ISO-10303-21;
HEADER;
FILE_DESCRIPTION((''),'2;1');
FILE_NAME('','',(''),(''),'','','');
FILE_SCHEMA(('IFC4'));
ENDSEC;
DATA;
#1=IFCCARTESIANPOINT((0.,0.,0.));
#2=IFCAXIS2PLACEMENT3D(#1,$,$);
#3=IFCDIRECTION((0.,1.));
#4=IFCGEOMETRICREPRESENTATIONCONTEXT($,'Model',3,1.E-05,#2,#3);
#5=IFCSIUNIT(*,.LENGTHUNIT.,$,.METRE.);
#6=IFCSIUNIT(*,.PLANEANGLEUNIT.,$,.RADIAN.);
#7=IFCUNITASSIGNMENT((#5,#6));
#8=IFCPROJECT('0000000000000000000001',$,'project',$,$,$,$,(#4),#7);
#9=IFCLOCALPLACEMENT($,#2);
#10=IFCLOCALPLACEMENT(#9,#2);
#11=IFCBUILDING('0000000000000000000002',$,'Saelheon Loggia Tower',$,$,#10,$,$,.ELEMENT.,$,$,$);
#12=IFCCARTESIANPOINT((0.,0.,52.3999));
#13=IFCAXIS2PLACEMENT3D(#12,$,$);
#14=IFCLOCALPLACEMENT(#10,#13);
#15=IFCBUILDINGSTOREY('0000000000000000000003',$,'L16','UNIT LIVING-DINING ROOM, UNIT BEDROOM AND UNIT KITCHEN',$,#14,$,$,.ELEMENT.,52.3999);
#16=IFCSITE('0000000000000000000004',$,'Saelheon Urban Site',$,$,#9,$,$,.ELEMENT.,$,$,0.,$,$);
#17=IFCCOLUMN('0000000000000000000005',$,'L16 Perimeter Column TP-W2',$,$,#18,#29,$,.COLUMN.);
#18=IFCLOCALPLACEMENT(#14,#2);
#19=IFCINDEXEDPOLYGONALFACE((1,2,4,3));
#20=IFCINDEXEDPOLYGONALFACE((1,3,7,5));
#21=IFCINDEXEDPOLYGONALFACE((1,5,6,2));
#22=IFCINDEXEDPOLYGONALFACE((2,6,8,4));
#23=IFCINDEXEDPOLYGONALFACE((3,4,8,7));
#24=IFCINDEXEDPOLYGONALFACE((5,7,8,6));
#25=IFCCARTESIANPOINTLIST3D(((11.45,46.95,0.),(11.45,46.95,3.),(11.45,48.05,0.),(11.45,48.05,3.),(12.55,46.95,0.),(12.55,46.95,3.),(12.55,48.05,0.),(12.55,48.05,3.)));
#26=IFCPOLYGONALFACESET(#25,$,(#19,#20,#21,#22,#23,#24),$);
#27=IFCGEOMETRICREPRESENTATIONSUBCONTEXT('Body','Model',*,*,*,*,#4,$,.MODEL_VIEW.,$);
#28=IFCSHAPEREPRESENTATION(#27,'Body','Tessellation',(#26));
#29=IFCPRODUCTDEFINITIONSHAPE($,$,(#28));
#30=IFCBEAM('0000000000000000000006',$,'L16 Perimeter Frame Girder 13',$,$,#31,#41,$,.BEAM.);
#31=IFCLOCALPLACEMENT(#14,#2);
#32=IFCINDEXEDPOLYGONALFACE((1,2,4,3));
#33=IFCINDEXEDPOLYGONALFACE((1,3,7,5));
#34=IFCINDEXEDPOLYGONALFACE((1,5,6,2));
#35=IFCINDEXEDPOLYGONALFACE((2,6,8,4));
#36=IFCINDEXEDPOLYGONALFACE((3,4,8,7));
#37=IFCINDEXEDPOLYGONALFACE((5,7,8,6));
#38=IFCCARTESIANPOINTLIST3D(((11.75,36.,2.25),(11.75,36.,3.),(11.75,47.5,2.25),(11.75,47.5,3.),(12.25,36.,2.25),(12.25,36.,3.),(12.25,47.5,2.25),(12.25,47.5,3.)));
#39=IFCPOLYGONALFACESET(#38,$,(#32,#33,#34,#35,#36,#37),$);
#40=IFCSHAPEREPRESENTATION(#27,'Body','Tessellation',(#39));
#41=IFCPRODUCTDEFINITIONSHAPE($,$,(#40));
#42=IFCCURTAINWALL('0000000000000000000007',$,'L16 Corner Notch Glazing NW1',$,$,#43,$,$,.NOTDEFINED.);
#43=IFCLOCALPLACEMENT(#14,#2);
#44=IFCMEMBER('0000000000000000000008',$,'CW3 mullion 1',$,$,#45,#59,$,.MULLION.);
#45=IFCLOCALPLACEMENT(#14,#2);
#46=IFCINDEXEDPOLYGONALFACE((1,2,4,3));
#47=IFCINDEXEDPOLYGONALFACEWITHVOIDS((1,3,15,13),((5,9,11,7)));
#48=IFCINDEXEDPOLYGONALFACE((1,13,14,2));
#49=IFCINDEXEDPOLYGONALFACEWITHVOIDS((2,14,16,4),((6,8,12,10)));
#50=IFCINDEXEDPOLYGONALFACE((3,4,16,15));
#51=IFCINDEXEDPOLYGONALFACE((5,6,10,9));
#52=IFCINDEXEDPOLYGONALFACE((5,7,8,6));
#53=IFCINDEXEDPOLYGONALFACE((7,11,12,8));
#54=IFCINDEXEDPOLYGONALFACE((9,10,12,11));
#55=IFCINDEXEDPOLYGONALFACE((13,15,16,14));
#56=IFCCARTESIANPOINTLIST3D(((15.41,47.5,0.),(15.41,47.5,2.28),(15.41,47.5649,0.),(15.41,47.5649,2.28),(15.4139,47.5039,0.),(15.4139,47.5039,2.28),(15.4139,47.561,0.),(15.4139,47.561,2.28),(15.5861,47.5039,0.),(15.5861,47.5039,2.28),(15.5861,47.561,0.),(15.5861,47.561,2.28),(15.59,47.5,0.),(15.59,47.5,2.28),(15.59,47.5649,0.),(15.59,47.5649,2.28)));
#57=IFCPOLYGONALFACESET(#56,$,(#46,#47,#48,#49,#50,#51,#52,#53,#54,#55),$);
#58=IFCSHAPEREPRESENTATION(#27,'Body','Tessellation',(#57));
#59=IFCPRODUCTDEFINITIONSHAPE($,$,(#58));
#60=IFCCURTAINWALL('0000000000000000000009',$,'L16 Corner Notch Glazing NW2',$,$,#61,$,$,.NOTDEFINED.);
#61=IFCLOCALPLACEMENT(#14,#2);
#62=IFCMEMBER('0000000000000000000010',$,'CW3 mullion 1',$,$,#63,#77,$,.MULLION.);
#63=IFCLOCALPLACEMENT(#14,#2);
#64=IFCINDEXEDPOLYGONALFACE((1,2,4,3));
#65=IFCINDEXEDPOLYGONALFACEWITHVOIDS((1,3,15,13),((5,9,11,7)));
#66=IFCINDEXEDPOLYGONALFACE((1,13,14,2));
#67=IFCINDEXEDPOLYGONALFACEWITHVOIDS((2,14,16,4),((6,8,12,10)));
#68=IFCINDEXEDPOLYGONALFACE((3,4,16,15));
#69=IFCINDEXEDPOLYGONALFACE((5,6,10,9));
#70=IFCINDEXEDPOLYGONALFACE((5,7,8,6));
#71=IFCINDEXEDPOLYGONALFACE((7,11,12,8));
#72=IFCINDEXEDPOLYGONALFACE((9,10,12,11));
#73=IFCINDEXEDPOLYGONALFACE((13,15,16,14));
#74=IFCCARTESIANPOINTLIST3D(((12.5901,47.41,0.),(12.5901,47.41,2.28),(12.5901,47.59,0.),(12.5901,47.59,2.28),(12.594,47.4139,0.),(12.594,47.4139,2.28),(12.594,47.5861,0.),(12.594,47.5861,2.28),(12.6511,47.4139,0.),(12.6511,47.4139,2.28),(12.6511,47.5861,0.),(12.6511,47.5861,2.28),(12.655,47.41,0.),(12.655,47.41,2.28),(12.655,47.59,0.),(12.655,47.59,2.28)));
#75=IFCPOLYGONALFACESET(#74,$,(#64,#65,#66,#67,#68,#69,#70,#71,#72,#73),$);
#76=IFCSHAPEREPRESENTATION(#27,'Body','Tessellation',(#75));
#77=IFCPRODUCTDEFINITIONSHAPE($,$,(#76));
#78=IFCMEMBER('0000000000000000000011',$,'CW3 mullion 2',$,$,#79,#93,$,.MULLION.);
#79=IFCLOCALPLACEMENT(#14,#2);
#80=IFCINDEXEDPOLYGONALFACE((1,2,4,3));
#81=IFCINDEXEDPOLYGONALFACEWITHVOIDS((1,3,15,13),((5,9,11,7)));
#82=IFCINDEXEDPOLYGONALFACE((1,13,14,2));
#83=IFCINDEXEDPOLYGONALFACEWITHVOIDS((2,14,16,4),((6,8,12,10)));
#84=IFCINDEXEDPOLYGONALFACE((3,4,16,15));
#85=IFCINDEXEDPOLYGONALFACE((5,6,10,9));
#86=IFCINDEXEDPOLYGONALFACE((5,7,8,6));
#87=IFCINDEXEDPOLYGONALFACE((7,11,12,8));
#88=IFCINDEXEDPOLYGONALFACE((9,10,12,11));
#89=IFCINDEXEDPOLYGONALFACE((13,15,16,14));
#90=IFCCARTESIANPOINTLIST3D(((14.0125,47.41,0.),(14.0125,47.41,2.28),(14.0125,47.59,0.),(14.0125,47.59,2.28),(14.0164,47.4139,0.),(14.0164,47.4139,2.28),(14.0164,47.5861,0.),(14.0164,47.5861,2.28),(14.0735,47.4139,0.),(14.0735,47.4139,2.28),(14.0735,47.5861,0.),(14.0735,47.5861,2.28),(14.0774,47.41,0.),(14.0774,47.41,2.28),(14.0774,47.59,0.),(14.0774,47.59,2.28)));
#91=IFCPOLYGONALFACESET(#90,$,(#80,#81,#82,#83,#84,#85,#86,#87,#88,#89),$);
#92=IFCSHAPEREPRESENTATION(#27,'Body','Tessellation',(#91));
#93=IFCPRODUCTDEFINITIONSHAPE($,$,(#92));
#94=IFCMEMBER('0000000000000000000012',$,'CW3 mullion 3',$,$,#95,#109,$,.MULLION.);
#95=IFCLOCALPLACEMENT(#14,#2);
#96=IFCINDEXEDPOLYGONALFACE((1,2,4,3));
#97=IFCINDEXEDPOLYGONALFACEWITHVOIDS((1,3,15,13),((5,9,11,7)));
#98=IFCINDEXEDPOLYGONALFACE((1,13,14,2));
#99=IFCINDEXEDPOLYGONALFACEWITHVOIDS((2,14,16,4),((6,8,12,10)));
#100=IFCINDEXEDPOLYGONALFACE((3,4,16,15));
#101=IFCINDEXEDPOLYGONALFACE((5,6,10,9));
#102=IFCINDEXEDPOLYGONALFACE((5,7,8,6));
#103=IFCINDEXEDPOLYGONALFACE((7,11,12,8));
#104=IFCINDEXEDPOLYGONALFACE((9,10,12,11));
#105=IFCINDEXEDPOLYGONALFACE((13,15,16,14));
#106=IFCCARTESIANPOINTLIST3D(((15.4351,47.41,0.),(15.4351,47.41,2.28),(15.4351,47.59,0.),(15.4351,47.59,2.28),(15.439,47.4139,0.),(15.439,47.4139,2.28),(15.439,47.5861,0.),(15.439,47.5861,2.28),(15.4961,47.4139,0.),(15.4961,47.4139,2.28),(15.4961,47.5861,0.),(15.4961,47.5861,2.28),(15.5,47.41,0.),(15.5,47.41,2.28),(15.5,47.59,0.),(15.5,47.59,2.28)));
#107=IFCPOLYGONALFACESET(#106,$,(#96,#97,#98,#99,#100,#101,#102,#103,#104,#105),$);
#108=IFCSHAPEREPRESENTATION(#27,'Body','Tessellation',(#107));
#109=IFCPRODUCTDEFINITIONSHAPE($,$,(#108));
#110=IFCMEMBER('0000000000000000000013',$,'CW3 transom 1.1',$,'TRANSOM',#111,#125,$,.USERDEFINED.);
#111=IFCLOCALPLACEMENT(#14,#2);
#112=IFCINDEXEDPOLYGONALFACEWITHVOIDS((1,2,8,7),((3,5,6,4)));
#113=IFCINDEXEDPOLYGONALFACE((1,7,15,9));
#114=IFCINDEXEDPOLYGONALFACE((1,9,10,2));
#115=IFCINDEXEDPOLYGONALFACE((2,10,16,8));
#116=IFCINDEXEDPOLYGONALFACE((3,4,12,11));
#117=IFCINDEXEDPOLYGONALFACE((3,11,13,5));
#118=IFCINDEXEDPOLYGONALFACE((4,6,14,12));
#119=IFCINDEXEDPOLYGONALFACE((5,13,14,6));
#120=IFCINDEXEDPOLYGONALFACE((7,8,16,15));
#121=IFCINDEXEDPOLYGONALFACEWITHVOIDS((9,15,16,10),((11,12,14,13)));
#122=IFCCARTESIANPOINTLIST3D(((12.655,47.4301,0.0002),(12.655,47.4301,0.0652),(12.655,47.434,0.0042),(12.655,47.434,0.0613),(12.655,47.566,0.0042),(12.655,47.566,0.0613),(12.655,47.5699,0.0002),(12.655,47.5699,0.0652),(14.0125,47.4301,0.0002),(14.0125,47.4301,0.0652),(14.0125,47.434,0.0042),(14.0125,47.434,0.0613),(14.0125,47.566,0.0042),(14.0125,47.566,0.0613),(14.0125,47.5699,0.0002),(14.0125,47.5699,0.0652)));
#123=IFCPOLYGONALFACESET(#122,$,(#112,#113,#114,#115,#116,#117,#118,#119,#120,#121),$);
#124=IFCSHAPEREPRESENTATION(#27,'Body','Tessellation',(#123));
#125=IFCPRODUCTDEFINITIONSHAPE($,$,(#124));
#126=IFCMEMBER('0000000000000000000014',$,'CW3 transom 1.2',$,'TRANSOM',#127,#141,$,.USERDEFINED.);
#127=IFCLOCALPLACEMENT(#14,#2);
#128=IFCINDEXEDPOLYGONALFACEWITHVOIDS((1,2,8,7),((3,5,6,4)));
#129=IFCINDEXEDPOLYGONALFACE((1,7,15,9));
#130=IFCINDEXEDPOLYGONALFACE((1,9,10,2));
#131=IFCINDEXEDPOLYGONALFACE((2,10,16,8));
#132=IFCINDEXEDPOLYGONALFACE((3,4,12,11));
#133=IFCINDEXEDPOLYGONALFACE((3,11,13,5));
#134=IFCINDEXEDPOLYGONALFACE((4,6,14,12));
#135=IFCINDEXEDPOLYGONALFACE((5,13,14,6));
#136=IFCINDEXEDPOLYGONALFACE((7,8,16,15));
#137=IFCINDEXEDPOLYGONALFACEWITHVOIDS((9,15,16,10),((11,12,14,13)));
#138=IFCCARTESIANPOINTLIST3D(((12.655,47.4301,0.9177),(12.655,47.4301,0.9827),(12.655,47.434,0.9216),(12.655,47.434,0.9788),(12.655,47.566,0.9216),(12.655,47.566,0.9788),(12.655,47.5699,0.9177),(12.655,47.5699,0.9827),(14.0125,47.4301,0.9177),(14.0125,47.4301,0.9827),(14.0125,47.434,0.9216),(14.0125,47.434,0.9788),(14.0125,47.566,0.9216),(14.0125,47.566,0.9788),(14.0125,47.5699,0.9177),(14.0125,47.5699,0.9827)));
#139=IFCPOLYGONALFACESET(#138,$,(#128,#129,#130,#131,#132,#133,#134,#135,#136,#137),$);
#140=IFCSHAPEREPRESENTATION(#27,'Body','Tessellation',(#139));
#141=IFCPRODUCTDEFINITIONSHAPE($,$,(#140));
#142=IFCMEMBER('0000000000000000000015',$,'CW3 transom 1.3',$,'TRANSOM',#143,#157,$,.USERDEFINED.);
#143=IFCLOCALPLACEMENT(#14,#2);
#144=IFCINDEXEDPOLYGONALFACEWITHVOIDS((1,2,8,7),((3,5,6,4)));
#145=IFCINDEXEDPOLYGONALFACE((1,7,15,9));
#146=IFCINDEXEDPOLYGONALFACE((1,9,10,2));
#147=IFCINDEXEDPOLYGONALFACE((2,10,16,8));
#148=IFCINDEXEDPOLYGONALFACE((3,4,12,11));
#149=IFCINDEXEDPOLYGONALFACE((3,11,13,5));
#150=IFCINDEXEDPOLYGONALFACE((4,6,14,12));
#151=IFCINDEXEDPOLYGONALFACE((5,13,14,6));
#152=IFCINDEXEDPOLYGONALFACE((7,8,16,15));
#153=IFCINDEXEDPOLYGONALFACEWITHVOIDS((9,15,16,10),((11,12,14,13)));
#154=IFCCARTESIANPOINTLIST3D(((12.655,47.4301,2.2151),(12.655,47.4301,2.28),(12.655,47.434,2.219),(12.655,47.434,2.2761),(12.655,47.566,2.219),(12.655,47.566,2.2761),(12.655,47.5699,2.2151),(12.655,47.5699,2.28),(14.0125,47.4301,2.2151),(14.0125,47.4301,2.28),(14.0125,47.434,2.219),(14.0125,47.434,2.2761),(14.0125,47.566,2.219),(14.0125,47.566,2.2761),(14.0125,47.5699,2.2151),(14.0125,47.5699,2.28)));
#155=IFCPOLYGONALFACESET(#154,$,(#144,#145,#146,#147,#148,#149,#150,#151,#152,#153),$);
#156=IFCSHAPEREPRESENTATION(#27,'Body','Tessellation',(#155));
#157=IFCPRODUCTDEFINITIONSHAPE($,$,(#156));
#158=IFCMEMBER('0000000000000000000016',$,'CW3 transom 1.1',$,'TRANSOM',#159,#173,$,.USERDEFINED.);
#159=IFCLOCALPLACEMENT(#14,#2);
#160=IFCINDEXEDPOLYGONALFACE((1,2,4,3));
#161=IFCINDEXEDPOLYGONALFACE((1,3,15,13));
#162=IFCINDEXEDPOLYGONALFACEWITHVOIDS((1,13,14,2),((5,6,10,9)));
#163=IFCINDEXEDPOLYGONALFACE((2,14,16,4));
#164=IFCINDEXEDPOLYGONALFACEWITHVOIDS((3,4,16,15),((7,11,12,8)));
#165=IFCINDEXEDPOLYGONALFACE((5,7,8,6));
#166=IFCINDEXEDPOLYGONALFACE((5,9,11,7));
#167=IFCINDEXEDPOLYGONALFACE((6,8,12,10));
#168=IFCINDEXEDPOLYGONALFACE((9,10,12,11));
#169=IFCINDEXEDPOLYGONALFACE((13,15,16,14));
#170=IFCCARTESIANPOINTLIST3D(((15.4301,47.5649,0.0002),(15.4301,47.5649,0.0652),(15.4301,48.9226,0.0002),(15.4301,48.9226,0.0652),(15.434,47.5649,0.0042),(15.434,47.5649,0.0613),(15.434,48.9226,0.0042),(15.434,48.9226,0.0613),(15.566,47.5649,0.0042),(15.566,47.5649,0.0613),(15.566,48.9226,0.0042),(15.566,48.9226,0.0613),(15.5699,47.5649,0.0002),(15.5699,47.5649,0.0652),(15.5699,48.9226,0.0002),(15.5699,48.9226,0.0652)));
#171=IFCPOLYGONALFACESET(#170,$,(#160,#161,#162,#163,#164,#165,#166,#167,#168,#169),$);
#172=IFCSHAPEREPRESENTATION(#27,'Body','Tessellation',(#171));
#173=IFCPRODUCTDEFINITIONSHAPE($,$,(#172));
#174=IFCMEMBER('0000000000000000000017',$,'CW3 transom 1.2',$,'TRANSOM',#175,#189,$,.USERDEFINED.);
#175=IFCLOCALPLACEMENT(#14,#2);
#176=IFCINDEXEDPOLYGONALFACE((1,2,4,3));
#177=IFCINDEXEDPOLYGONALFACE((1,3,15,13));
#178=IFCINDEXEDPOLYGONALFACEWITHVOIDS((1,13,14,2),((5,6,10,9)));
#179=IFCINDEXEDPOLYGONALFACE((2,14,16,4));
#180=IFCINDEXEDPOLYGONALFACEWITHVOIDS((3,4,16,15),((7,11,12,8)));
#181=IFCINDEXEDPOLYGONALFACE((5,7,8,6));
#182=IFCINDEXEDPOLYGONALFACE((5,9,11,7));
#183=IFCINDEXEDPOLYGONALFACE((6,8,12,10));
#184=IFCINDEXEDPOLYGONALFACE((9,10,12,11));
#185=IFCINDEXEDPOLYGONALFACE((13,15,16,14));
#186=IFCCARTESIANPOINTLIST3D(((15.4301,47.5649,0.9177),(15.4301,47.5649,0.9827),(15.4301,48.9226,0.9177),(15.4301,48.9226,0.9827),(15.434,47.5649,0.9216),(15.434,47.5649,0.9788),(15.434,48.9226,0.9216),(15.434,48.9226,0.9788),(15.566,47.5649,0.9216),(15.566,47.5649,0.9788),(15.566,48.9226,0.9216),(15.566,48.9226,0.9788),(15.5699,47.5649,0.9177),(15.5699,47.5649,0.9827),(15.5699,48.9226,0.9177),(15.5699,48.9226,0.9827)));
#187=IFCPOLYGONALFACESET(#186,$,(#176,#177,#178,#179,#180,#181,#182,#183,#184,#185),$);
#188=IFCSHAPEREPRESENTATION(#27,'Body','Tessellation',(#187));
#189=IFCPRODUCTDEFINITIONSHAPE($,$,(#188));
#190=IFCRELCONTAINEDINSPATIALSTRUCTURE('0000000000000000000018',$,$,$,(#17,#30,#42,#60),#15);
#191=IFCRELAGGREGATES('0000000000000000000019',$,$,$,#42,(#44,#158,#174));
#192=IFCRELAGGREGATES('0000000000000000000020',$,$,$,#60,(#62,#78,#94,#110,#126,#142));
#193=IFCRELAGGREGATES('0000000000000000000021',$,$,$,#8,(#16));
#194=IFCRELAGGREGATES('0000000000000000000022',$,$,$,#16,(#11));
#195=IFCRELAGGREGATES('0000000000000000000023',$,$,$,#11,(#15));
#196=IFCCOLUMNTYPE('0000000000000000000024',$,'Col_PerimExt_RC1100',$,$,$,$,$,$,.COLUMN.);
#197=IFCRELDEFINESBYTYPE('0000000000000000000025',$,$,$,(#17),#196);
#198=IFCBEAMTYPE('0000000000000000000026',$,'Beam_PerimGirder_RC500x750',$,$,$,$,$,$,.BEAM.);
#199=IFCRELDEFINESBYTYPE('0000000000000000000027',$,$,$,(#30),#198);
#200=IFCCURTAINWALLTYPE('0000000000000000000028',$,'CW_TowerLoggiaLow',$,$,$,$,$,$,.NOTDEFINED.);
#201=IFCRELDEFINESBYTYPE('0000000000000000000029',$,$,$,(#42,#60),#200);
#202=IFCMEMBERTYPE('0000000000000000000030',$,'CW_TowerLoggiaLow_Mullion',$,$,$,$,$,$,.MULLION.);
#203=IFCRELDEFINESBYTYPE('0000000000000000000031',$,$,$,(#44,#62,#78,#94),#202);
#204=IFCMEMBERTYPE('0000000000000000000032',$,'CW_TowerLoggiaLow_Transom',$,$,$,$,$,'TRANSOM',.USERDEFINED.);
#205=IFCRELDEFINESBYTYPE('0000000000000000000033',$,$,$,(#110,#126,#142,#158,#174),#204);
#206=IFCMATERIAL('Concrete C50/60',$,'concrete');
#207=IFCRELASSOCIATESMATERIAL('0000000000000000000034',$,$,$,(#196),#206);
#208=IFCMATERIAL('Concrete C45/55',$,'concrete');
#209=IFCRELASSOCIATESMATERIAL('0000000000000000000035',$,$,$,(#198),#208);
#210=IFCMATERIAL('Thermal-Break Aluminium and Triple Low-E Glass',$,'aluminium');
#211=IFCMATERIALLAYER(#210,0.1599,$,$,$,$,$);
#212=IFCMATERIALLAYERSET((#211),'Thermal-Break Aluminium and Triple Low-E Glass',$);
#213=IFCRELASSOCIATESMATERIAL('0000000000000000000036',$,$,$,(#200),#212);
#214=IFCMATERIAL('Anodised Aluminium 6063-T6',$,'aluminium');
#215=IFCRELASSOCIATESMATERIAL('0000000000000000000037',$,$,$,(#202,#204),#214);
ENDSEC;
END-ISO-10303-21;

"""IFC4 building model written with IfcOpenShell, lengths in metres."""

from ifc_helpers import new_model, si_unit, direction, frame, origin, origin_2d, place, context, subcontext, project, spatial, rectangle, hollow_rectangle, extrude, source, transform, mapped, material, layer, layer_set, material_profile, profile_set, type_object, element, aggregate, save


model = new_model("IFC4")

# Units and contexts
model_context = context("Model", 3, precision=1e-05, world=origin(), true_north=direction((0.0, 1.0)))
body_context = subcontext(model_context, "Body", "Model", "MODEL_VIEW")
ifc_project = project(units=[si_unit("LENGTHUNIT", "METRE"), si_unit("PLANEANGLEUNIT", "RADIAN")], contexts=[model_context])

# Site, building, storey
site_placement = place(None, origin())
site = spatial("IfcSite", under=ifc_project, at=site_placement, Name="Saelheon Urban Site", CompositionType="ELEMENT", RefElevation=0.0)
building_placement = place(site_placement, origin())
building = spatial("IfcBuilding", under=site, at=building_placement, Name="Saelheon Loggia Tower", CompositionType="ELEMENT")
storey_placement = place(building_placement, frame((0.0, 0.0, 52.3999)))
storey = spatial("IfcBuildingStorey", under=building, at=storey_placement, Name="L16", Description="UNIT LIVING-DINING ROOM, UNIT BEDROOM AND UNIT KITCHEN", CompositionType="ELEMENT", Elevation=52.3999)

# Column
ifc_material_1 = material(Name="Concrete C50/60", Category="concrete")
ifc_material_profile_1 = material_profile(ifc_material_1, rectangle(XDim=1.1001, YDim=1.1001, at=origin_2d()), Name="RC-1100x1100")
ifc_profile_set_1 = profile_set([ifc_material_profile_1], Name="Concrete C50/60")
column_type = type_object("IfcColumnType", Name="Col_PerimExt_RC1100", PredefinedType="COLUMN", material=ifc_profile_set_1)
shared_shape_1 = source(origin(), body_context, "Body", "SweptSolid", [
    extrude(rectangle(XDim=1.1001, YDim=1.1001, at=origin_2d()), origin(), (0.0, 0.0, 1.0), 3.0),
])
column_placement = place(storey_placement, frame((12.0, 47.5, 0.0), z_axis=(0.0, 0.0, 1.0), x_axis=(1.0, 0.0, 0.0)))
element("IfcColumn", 1, at=column_placement, inside=storey, type_object=column_type, Name="L16 Perimeter Column TP-W2", PredefinedType="COLUMN", context=body_context, shape_type="MappedRepresentation", body=[
    mapped(shared_shape_1, transform((0.0, 0.0, 0.0), scale=1.0)),
])

# Beam
ifc_material_2 = material(Name="Concrete C45/55", Category="concrete")
ifc_material_profile_2 = material_profile(ifc_material_2, rectangle(XDim=0.5, YDim=0.75, at=origin_2d()), Name="RC-500x750")
ifc_profile_set_2 = profile_set([ifc_material_profile_2], Name="Concrete C45/55")
beam_type = type_object("IfcBeamType", Name="Beam_PerimGirder_RC500x750", PredefinedType="BEAM", material=ifc_profile_set_2)
shared_shape_2 = source(origin(), body_context, "Body", "SweptSolid", [
    extrude(rectangle(XDim=0.5, YDim=0.75, at=origin_2d()), origin(), (0.0, 0.0, 1.0), 11.5),
])
beam_placement = place(storey_placement, frame((12.0, 47.5, 2.625), z_axis=(0.0, -1.0, 0.0), x_axis=(1.0, 0.0, 0.0)))
element("IfcBeam", 2, at=beam_placement, inside=storey, type_object=beam_type, Name="L16 Perimeter Frame Girder 13", PredefinedType="BEAM", context=body_context, shape_type="MappedRepresentation", body=[
    mapped(shared_shape_2, transform((0.0, 0.0, 0.0), scale=1.0)),
])

# Curtain wall, member
ifc_material_3 = material(Name="Thermal-Break Aluminium and Triple Low-E Glass", Category="aluminium")
ifc_layer_1 = layer(ifc_material_3, 0.1599)
ifc_layer_set_1 = layer_set([ifc_layer_1], Name="Thermal-Break Aluminium and Triple Low-E Glass")
curtain_wall_type = type_object("IfcCurtainWallType", Name="CW_TowerLoggiaLow", PredefinedType="NOTDEFINED", material=ifc_layer_set_1)
curtain_wall_1_placement = place(storey_placement, origin())
curtain_wall_1 = element("IfcCurtainWall", 3, at=curtain_wall_1_placement, inside=storey, type_object=curtain_wall_type, Name="L16 Corner Notch Glazing NW1", PredefinedType="NOTDEFINED")
ifc_material_4 = material(Name="Anodised Aluminium 6063-T6", Category="aluminium")
ifc_material_profile_3 = material_profile(ifc_material_4, hollow_rectangle(XDim=0.0649, YDim=0.1799, WallThickness=0.0039, at=origin_2d()), Name="RHS-180x65x4")
ifc_profile_set_3 = profile_set([ifc_material_profile_3], Name="Anodised Aluminium 6063-T6")
member_type_1 = type_object("IfcMemberType", Name="CW_TowerLoggiaLow_Mullion", PredefinedType="MULLION", material=ifc_profile_set_3)
shared_shape_3 = source(origin(), body_context, "Body", "SweptSolid", [
    extrude(hollow_rectangle(XDim=0.0649, YDim=0.1799, WallThickness=0.0039, at=origin_2d()), origin(), (0.0, 0.0, 1.0), 2.28),
])
member_1_placement = place(storey_placement, frame((15.5, 47.5325, 0.0), z_axis=(0.0, 0.0, 1.0), x_axis=(0.0, 1.0, 0.0)))
member_1 = element("IfcMember", 4, at=member_1_placement, type_object=member_type_1, Name="CW3 mullion 1", PredefinedType="MULLION", context=body_context, shape_type="MappedRepresentation", body=[
    mapped(shared_shape_3, transform((0.0, 0.0, 0.0), scale=1.0)),
])

# Curtain wall, members
curtain_wall_2_placement = place(storey_placement, origin())
curtain_wall_2 = element("IfcCurtainWall", 5, at=curtain_wall_2_placement, inside=storey, type_object=curtain_wall_type, Name="L16 Corner Notch Glazing NW2", PredefinedType="NOTDEFINED")
member_2_placement = place(storey_placement, frame((12.6226, 47.5, 0.0), z_axis=(0.0, 0.0, 1.0), x_axis=(1.0, 0.0, 0.0)))
member_2 = element("IfcMember", 6, at=member_2_placement, type_object=member_type_1, Name="CW3 mullion 1", PredefinedType="MULLION", context=body_context, shape_type="MappedRepresentation", body=[
    mapped(shared_shape_3, transform((0.0, 0.0, 0.0), scale=1.0)),
])
member_3_placement = place(storey_placement, frame((14.0449, 47.5, 0.0), z_axis=(0.0, 0.0, 1.0), x_axis=(1.0, 0.0, 0.0)))
member_3 = element("IfcMember", 7, at=member_3_placement, type_object=member_type_1, Name="CW3 mullion 2", PredefinedType="MULLION", context=body_context, shape_type="MappedRepresentation", body=[
    mapped(shared_shape_3, transform((0.0, 0.0, 0.0), scale=1.0)),
])
member_4_placement = place(storey_placement, frame((15.4675, 47.5, 0.0), z_axis=(0.0, 0.0, 1.0), x_axis=(1.0, 0.0, 0.0)))
member_4 = element("IfcMember", 8, at=member_4_placement, type_object=member_type_1, Name="CW3 mullion 3", PredefinedType="MULLION", context=body_context, shape_type="MappedRepresentation", body=[
    mapped(shared_shape_3, transform((0.0, 0.0, 0.0), scale=1.0)),
])
ifc_material_profile_4 = material_profile(ifc_material_4, hollow_rectangle(XDim=0.0649, YDim=0.1399, WallThickness=0.0039, at=origin_2d()), Name="RHS-140x65x4")
ifc_profile_set_4 = profile_set([ifc_material_profile_4], Name="Anodised Aluminium 6063-T6")
member_type_2 = type_object("IfcMemberType", Name="CW_TowerLoggiaLow_Transom", ElementType="TRANSOM", PredefinedType="USERDEFINED", material=ifc_profile_set_4)
shared_shape_4 = source(origin(), body_context, "Body", "SweptSolid", [
    extrude(hollow_rectangle(XDim=0.0649, YDim=0.1399, WallThickness=0.0039, at=origin_2d()), origin(), (0.0, 0.0, 1.0), 1.3574),
])
member_5_placement = place(storey_placement, frame((12.655, 47.5, 0.0327), z_axis=(1.0, 0.0, 0.0), x_axis=(0.0, 0.0, 1.0)))
member_5 = element("IfcMember", 9, at=member_5_placement, type_object=member_type_2, Name="CW3 transom 1.1", ObjectType="TRANSOM", PredefinedType="USERDEFINED", context=body_context, shape_type="MappedRepresentation", body=[
    mapped(shared_shape_4, transform((0.0, 0.0, 0.0), scale=1.0)),
])
member_6_placement = place(storey_placement, frame((12.655, 47.5, 0.9502), z_axis=(1.0, 0.0, 0.0), x_axis=(0.0, 0.0, 1.0)))
member_6 = element("IfcMember", 10, at=member_6_placement, type_object=member_type_2, Name="CW3 transom 1.2", ObjectType="TRANSOM", PredefinedType="USERDEFINED", context=body_context, shape_type="MappedRepresentation", body=[
    mapped(shared_shape_4, transform((0.0, 0.0, 0.0), scale=1.0)),
])
member_7_placement = place(storey_placement, frame((12.655, 47.5, 2.2476), z_axis=(1.0, 0.0, 0.0), x_axis=(0.0, 0.0, 1.0)))
member_7 = element("IfcMember", 11, at=member_7_placement, type_object=member_type_2, Name="CW3 transom 1.3", ObjectType="TRANSOM", PredefinedType="USERDEFINED", context=body_context, shape_type="MappedRepresentation", body=[
    mapped(shared_shape_4, transform((0.0, 0.0, 0.0), scale=1.0)),
])

# Members
shared_shape_5 = source(origin(), body_context, "Body", "SweptSolid", [
    extrude(hollow_rectangle(XDim=0.0649, YDim=0.1399, WallThickness=0.0039, at=origin_2d()), origin(), (0.0, 0.0, 1.0), 1.3577),
])
member_8_placement = place(storey_placement, frame((15.5, 47.5649, 0.0327), z_axis=(0.0, 1.0, 0.0), x_axis=(0.0, 0.0, 1.0)))
member_8 = element("IfcMember", 12, at=member_8_placement, type_object=member_type_2, Name="CW3 transom 1.1", ObjectType="TRANSOM", PredefinedType="USERDEFINED", context=body_context, shape_type="MappedRepresentation", body=[
    mapped(shared_shape_5, transform((0.0, 0.0, 0.0), scale=1.0)),
])
member_9_placement = place(storey_placement, frame((15.5, 47.5649, 0.9502), z_axis=(0.0, 1.0, 0.0), x_axis=(0.0, 0.0, 1.0)))
member_9 = element("IfcMember", 13, at=member_9_placement, type_object=member_type_2, Name="CW3 transom 1.2", ObjectType="TRANSOM", PredefinedType="USERDEFINED", context=body_context, shape_type="MappedRepresentation", body=[
    mapped(shared_shape_5, transform((0.0, 0.0, 0.0), scale=1.0)),
])

aggregate(curtain_wall_1, [member_1, member_8, member_9])
aggregate(curtain_wall_2, [member_2, member_3, member_4, member_5, member_6, member_7])

save(model, "model.ifc")
